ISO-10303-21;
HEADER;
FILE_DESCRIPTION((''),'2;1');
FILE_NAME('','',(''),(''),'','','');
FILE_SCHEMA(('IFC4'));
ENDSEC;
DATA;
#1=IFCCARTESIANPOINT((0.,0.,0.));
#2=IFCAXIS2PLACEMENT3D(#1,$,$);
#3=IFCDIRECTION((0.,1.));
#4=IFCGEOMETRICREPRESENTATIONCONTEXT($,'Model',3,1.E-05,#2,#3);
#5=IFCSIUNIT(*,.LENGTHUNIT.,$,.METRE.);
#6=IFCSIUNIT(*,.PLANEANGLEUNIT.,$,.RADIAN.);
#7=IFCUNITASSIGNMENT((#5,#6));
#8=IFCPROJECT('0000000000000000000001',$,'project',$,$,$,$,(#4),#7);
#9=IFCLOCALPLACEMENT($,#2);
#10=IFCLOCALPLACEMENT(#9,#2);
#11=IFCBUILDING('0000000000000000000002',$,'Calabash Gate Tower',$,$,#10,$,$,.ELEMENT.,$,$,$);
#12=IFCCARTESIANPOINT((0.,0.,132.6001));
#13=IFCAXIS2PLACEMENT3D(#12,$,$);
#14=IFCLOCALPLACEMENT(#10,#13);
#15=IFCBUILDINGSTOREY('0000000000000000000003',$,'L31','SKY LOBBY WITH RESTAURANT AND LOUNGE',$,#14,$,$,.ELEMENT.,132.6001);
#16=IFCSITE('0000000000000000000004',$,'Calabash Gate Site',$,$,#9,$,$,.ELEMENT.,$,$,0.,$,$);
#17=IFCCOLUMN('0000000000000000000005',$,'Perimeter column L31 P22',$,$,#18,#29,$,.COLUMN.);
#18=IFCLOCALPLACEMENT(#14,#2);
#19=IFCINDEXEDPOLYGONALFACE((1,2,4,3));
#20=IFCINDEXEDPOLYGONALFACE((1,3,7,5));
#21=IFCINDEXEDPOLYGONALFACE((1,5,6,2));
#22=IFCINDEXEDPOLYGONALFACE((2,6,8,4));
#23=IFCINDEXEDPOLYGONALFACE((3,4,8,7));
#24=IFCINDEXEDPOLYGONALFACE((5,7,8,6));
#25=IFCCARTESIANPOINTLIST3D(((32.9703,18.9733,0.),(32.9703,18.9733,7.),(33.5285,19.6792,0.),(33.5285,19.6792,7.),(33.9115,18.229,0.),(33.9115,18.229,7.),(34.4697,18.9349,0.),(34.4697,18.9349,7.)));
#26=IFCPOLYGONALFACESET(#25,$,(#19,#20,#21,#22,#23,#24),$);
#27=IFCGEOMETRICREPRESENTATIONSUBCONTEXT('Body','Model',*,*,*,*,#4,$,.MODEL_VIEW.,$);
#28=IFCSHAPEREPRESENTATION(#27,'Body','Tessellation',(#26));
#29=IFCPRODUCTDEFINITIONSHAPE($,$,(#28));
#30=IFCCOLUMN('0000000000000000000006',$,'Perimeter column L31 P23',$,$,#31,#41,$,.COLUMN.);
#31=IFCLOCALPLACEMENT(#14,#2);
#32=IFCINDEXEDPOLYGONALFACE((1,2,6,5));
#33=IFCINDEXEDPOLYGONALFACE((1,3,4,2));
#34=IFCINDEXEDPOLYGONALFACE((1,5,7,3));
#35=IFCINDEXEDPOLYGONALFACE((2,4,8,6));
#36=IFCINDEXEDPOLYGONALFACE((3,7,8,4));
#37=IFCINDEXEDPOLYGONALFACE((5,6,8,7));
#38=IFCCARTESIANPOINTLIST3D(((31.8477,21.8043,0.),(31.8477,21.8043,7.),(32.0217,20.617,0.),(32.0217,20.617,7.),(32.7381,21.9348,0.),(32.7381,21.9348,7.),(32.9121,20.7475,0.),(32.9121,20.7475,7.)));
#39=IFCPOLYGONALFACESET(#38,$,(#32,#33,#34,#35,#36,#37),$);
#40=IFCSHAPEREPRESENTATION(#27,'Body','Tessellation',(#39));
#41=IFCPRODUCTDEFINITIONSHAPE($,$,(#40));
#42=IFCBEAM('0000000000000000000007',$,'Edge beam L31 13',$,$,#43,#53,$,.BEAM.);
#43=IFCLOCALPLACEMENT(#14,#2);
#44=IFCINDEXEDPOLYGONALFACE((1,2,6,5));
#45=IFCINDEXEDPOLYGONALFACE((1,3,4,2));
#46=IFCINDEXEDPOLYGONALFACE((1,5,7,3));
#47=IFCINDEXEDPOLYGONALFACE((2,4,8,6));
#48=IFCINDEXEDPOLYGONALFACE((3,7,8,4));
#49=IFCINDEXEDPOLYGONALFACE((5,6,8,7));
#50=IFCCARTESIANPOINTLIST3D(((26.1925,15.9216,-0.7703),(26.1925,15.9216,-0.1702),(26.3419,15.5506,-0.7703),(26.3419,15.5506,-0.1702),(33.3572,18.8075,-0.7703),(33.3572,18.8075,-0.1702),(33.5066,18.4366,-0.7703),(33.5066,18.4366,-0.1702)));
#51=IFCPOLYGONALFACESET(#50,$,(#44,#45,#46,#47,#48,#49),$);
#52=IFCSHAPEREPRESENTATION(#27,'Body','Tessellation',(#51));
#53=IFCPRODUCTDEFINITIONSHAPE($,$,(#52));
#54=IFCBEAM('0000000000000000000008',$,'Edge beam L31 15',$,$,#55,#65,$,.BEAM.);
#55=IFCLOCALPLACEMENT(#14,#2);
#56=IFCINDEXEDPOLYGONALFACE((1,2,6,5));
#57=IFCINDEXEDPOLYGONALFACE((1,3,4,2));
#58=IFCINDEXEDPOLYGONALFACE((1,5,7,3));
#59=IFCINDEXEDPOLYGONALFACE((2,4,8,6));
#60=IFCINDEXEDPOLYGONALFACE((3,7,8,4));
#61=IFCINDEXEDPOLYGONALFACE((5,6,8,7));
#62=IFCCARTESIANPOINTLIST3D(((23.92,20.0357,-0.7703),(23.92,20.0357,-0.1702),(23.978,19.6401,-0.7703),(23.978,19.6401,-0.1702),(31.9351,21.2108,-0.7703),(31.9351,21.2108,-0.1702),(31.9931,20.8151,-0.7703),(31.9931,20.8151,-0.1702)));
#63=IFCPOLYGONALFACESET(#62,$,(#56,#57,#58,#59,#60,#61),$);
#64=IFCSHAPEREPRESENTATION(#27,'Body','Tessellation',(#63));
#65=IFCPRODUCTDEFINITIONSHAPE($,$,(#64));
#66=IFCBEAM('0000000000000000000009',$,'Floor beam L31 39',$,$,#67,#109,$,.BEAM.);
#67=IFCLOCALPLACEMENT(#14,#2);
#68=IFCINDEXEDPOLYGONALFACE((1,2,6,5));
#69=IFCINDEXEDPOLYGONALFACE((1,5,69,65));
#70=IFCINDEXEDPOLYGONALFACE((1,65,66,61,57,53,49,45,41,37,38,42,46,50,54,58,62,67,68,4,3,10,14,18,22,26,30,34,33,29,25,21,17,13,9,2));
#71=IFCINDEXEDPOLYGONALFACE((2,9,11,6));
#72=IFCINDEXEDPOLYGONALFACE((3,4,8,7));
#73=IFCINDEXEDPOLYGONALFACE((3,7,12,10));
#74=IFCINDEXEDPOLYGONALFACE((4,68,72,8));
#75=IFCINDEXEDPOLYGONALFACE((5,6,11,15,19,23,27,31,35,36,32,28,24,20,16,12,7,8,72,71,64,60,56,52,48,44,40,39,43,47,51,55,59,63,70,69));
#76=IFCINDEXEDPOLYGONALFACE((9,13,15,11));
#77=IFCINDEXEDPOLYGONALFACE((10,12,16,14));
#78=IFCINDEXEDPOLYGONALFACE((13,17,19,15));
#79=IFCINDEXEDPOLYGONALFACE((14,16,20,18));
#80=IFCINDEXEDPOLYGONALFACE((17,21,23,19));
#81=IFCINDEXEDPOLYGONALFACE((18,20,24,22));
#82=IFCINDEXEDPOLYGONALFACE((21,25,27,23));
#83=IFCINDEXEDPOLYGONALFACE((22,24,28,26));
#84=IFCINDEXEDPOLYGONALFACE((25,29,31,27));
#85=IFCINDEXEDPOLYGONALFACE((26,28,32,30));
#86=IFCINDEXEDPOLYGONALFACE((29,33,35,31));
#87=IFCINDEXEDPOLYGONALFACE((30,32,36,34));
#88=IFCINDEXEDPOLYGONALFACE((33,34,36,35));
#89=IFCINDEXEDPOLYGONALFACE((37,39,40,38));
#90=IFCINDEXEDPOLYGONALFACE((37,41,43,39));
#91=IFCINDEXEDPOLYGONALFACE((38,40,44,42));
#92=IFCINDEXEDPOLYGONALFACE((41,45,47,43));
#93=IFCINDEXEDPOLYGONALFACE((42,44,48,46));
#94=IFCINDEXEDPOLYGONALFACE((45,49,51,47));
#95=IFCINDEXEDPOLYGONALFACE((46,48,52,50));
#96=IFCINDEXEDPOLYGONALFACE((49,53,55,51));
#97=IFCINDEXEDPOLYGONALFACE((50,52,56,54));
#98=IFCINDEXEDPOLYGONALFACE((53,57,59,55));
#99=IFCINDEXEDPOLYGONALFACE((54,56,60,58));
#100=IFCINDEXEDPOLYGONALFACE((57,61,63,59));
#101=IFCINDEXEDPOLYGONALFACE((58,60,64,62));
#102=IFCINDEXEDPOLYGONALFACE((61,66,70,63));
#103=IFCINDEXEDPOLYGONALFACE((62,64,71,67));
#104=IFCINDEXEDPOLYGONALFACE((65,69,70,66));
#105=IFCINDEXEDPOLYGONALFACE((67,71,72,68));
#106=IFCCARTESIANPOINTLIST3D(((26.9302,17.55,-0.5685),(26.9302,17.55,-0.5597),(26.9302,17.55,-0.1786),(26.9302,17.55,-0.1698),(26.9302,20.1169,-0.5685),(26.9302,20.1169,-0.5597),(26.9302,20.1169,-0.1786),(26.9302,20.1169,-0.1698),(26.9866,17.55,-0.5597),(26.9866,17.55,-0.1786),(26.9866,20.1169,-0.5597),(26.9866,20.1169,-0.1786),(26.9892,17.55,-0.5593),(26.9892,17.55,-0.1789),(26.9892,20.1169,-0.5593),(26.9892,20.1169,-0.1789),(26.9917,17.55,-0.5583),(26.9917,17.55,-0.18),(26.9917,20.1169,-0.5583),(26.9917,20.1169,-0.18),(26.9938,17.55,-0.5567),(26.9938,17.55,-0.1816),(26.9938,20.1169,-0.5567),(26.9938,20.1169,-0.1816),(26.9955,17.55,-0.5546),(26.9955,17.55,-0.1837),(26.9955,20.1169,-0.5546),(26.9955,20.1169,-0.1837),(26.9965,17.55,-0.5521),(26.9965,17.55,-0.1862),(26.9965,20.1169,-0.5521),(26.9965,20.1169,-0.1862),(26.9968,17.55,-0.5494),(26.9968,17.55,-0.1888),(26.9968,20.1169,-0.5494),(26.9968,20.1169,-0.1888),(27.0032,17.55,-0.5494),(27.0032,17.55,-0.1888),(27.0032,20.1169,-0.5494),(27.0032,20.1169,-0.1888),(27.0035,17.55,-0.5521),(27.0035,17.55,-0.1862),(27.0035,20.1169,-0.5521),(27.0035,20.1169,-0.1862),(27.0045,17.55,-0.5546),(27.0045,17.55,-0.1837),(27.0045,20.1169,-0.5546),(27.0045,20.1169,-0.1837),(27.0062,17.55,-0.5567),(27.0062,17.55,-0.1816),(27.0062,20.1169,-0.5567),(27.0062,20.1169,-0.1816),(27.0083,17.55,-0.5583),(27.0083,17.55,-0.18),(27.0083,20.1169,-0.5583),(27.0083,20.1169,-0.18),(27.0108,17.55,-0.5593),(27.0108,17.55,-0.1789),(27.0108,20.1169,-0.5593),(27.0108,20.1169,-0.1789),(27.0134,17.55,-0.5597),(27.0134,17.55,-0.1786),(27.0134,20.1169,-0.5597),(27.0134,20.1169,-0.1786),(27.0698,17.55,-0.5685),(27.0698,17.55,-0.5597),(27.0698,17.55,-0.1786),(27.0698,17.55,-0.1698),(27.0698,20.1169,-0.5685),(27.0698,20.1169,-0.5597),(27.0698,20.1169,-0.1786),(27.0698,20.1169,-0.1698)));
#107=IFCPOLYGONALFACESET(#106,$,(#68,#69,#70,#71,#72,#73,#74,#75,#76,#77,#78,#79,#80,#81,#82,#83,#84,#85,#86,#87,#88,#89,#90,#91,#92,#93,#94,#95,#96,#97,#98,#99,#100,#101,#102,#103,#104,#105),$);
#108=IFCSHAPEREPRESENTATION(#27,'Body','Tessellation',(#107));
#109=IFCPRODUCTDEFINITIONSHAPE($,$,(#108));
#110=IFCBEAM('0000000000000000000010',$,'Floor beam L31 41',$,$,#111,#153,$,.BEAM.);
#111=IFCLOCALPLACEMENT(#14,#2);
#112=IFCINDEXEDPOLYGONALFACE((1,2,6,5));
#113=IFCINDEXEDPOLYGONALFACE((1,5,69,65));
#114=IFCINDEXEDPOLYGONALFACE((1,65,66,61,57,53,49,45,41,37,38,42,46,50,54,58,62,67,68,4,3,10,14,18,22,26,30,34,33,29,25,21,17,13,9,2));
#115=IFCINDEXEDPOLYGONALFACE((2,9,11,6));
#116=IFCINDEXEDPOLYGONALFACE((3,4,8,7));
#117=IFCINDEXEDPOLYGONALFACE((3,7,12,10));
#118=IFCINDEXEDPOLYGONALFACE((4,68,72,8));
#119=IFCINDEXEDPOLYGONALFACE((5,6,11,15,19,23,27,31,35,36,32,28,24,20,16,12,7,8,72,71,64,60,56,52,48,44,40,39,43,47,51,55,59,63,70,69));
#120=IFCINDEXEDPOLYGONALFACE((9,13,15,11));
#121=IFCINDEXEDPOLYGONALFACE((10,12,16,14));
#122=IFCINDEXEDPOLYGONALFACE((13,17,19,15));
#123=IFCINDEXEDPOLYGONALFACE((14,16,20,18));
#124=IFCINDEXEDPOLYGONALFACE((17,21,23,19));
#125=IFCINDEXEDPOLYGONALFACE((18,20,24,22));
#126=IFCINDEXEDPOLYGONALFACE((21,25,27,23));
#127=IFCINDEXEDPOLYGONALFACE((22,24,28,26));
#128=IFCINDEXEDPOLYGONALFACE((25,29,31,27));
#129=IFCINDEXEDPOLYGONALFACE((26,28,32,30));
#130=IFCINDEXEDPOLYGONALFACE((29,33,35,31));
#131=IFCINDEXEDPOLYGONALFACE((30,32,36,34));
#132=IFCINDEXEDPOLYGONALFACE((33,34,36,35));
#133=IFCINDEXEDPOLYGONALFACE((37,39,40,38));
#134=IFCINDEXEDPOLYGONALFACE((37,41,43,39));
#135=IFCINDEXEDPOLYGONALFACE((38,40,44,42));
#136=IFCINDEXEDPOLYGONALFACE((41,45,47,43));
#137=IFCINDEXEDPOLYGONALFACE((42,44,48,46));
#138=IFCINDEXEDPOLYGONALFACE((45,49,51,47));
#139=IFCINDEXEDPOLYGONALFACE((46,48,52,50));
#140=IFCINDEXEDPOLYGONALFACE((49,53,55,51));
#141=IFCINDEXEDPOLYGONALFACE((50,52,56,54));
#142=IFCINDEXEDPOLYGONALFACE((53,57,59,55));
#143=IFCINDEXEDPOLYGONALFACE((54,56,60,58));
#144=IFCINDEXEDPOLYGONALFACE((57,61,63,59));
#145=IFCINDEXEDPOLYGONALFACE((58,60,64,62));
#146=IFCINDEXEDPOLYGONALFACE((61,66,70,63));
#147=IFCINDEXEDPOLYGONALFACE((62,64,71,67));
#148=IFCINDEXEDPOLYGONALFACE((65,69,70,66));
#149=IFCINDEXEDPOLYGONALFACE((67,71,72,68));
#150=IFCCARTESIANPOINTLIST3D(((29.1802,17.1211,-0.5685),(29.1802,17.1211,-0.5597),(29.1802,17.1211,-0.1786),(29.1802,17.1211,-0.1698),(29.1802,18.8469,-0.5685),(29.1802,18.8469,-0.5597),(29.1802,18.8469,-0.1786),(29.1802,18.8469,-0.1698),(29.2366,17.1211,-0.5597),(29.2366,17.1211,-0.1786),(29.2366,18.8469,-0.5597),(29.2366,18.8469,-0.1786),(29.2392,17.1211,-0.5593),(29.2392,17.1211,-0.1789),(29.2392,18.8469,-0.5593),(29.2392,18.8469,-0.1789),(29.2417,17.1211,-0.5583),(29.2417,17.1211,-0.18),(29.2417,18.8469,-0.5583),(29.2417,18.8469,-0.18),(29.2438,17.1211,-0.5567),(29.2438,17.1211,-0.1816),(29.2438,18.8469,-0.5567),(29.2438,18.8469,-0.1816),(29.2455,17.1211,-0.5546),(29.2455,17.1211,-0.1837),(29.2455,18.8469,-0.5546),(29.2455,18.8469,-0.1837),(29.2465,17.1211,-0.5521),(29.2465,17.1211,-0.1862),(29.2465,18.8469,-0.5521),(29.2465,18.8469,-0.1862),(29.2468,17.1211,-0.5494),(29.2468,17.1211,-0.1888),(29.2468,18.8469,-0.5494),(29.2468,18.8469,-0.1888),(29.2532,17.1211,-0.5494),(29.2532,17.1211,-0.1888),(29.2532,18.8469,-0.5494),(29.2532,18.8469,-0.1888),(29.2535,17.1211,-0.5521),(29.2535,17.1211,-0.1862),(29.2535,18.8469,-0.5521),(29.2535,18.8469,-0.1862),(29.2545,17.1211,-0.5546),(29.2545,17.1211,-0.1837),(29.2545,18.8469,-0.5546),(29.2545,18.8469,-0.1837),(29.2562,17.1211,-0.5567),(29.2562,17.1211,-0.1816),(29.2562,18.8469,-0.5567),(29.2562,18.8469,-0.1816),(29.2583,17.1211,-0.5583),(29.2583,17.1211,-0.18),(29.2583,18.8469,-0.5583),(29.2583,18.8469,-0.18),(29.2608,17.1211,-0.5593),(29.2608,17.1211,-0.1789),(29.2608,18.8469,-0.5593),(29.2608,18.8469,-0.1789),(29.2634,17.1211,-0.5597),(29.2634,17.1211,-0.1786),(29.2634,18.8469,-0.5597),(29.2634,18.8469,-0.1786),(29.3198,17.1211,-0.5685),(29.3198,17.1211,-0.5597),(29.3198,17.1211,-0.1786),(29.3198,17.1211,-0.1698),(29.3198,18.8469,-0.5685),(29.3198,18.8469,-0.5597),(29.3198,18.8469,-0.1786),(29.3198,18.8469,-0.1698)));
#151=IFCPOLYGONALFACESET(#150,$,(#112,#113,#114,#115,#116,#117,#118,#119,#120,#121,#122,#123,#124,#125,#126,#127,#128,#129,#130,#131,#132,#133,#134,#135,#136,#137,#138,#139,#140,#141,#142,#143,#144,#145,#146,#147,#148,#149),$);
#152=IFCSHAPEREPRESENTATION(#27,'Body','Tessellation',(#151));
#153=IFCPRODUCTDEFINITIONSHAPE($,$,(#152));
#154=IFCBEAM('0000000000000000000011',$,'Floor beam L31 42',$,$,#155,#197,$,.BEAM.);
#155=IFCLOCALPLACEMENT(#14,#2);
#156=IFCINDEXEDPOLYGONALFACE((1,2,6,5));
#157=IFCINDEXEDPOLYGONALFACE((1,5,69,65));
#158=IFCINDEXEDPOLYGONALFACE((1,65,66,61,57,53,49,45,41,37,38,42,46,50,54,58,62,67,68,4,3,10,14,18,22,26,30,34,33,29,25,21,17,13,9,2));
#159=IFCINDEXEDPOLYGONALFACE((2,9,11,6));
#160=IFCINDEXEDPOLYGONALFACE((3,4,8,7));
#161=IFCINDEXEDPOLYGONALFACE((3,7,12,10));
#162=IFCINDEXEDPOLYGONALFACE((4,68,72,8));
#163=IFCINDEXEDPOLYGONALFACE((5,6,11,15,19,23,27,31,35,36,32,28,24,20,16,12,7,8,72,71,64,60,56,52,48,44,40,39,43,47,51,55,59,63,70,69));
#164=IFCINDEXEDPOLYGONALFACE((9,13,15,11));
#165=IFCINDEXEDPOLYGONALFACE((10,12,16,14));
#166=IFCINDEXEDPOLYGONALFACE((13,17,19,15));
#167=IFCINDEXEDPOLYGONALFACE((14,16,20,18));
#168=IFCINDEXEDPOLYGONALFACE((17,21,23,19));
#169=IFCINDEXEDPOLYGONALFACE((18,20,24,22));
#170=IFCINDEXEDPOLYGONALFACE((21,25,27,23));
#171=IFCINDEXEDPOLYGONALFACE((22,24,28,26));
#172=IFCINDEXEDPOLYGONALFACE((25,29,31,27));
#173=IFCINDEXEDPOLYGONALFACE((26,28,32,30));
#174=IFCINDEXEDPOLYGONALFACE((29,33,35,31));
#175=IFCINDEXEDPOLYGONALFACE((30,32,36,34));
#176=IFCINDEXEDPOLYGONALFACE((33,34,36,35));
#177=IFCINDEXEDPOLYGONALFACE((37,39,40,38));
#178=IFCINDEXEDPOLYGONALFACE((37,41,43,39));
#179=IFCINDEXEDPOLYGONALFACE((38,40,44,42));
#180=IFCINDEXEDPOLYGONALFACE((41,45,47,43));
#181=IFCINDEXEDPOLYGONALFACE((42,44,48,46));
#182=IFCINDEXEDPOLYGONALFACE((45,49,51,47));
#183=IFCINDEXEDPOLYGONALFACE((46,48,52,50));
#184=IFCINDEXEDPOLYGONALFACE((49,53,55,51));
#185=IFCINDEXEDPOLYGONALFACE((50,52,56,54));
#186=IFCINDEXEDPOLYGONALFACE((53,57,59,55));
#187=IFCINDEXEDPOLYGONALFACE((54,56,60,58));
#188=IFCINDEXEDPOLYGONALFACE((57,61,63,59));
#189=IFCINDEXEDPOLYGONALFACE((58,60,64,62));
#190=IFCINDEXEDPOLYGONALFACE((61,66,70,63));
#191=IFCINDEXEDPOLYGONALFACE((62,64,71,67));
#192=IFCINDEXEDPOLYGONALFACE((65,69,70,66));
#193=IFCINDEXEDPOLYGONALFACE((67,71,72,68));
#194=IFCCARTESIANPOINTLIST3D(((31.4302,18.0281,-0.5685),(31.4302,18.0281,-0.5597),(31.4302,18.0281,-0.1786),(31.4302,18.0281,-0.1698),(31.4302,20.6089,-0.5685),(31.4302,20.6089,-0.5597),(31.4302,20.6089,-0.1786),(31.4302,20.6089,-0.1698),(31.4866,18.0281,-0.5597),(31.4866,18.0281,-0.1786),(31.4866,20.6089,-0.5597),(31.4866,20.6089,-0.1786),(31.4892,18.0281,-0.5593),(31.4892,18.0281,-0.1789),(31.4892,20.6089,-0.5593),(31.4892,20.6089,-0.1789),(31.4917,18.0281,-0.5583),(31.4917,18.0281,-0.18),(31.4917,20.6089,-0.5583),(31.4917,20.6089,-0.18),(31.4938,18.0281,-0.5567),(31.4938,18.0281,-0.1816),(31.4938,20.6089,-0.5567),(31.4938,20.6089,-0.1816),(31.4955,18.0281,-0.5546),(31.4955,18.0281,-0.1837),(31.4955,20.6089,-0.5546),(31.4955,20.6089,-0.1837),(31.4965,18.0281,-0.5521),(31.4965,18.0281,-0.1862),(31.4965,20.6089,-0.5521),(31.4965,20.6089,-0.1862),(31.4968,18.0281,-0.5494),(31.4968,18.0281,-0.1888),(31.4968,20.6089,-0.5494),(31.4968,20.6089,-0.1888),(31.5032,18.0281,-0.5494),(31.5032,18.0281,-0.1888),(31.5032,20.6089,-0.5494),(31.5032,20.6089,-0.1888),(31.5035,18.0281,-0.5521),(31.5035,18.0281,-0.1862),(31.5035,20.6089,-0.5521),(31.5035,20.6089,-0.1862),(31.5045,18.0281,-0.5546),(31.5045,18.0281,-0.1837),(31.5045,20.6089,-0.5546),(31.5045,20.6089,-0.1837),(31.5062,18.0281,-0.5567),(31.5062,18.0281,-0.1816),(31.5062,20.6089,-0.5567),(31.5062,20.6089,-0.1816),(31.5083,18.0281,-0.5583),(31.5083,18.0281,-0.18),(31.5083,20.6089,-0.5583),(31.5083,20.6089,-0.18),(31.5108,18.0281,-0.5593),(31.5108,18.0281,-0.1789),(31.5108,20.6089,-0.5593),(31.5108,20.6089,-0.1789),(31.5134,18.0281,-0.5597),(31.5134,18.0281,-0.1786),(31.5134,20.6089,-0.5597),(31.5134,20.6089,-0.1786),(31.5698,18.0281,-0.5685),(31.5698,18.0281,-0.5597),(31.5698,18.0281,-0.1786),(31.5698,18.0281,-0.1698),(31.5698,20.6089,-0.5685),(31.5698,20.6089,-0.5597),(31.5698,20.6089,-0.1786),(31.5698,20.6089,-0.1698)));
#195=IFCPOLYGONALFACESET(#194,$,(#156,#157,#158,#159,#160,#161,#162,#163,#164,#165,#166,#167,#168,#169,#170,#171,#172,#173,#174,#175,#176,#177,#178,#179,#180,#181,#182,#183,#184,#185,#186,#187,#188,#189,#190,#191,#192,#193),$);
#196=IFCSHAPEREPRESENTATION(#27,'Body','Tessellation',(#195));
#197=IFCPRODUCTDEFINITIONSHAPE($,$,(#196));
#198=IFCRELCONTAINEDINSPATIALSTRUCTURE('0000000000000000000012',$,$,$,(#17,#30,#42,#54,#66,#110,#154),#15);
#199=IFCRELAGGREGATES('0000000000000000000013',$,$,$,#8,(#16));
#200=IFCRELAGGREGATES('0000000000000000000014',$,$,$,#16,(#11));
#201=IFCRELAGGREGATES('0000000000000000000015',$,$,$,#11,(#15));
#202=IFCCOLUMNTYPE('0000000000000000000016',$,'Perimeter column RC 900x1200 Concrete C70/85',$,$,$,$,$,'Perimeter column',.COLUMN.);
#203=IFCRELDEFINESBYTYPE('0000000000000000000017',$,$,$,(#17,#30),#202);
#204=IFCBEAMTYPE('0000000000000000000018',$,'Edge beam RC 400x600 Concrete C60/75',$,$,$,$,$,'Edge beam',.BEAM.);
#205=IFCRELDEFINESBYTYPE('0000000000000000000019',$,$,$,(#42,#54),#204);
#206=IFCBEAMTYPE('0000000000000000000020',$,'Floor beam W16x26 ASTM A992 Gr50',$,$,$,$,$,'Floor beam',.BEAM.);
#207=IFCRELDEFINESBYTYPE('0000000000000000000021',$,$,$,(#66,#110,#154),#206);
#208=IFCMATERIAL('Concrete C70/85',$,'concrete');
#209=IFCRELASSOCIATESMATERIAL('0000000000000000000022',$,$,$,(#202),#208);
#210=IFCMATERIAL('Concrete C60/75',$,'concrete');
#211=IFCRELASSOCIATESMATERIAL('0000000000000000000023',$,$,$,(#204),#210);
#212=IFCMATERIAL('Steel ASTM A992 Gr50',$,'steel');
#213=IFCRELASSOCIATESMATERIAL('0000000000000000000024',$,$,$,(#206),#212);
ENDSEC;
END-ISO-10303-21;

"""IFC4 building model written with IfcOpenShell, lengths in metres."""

from ifc_helpers import new_model, si_unit, direction, frame, origin, origin_2d, place, context, subcontext, project, spatial, rectangle, i_section, extrude, material, material_profile, profile_set, type_object, element, save


model = new_model("IFC4")

# Units and contexts
model_context = context("Model", 3, precision=1e-05, world=origin(), true_north=direction((0.0, 1.0)))
body_context = subcontext(model_context, "Body", "Model", "MODEL_VIEW")
ifc_project = project(units=[si_unit("LENGTHUNIT", "METRE"), si_unit("PLANEANGLEUNIT", "RADIAN")], contexts=[model_context])

# Site, building, storey
site_placement = place(None, origin())
site = spatial("IfcSite", under=ifc_project, at=site_placement, Name="Calabash Gate Site", CompositionType="ELEMENT", RefElevation=0.0)
building_placement = place(site_placement, origin())
building = spatial("IfcBuilding", under=site, at=building_placement, Name="Calabash Gate Tower", CompositionType="ELEMENT")
storey_placement = place(building_placement, frame((0.0, 0.0, 132.6001)))
storey = spatial("IfcBuildingStorey", under=building, at=storey_placement, Name="L31", Description="SKY LOBBY WITH RESTAURANT AND LOUNGE", CompositionType="ELEMENT", Elevation=132.6001)

# Columns
ifc_material_1 = material(Name="Concrete C70/85", Category="concrete")
ifc_material_profile_1 = material_profile(ifc_material_1, rectangle(XDim=0.8999, YDim=1.2, at=origin_2d()))
ifc_profile_set_1 = profile_set([ifc_material_profile_1], Name="Concrete C70/85")
column_type = type_object("IfcColumnType", Name="Perimeter column RC 900x1200 Concrete C70/85", ElementType="Perimeter column", PredefinedType="COLUMN", material=ifc_profile_set_1)
for number, where, z_axis, x_axis, name in (
    (1, (33.72, 18.9541, 0.0), (0.0, 0.0, 1.0), (0.620301, 0.784364, 0.0), "Perimeter column L31 P22"),
    (2, (32.3799, 21.2759, 0.0), (0.0, 0.0, 1.0), (-0.98943, -0.145015, 0.0), "Perimeter column L31 P23"),
):
    element("IfcColumn", number, at=place(storey_placement, frame(where, z_axis=z_axis, x_axis=x_axis)), inside=storey, type_object=column_type, Name=name, PredefinedType="COLUMN", context=body_context, shape_type="SweptSolid", body=[
        extrude(rectangle(XDim=0.8999, YDim=1.2, at=origin_2d()), origin(), (0.0, 0.0, 1.0), 7.0),
    ])

# Beams
ifc_material_2 = material(Name="Concrete C60/75", Category="concrete")
ifc_material_profile_2 = material_profile(ifc_material_2, rectangle(XDim=0.3999, YDim=0.6001, at=origin_2d()))
ifc_profile_set_2 = profile_set([ifc_material_profile_2], Name="Concrete C60/75")
beam_type_1 = type_object("IfcBeamType", Name="Edge beam RC 400x600 Concrete C60/75", ElementType="Edge beam", PredefinedType="BEAM", material=ifc_profile_set_2)
beam_1_placement = place(storey_placement, frame((33.4319, 18.6221, -0.4702), z_axis=(-0.927578, -0.373629, 0.0), x_axis=(0.373629, -0.927578, 0.0)))
element("IfcBeam", 3, at=beam_1_placement, inside=storey, type_object=beam_type_1, Name="Edge beam L31 13", PredefinedType="BEAM", context=body_context, shape_type="SweptSolid", body=[
    extrude(rectangle(XDim=0.3999, YDim=0.6001, at=origin_2d()), origin(), (0.0, 0.0, 1.0), 7.7241),
])
beam_2_placement = place(storey_placement, frame((31.9641, 21.0129, -0.4702), z_axis=(-0.989424, -0.145053, 0.0), x_axis=(0.145053, -0.989424, 0.0)))
element("IfcBeam", 4, at=beam_2_placement, inside=storey, type_object=beam_type_1, Name="Edge beam L31 15", PredefinedType="BEAM", context=body_context, shape_type="SweptSolid", body=[
    extrude(rectangle(XDim=0.3999, YDim=0.6001, at=origin_2d()), origin(), (0.0, 0.0, 1.0), 8.1008),
])
ifc_material_3 = material(Name="Steel ASTM A992 Gr50", Category="steel")
ifc_material_profile_3 = material_profile(ifc_material_3, i_section(OverallWidth=0.1396, OverallDepth=0.3987, WebThickness=0.0063, FlangeThickness=0.0088, FilletRadius=0.0103, at=origin_2d()))
ifc_profile_set_3 = profile_set([ifc_material_profile_3], Name="Steel ASTM A992 Gr50")
beam_type_2 = type_object("IfcBeamType", Name="Floor beam W16x26 ASTM A992 Gr50", ElementType="Floor beam", PredefinedType="BEAM", material=ifc_profile_set_3)
beam_3_placement = place(storey_placement, frame((27.0, 17.55, -0.3691), z_axis=(0.0, 1.0, 0.0), x_axis=(-1.0, 0.0, 0.0)))
element("IfcBeam", 5, at=beam_3_placement, inside=storey, type_object=beam_type_2, Name="Floor beam L31 39", PredefinedType="BEAM", context=body_context, shape_type="SweptSolid", body=[
    extrude(i_section(OverallWidth=0.1396, OverallDepth=0.3987, WebThickness=0.0063, FlangeThickness=0.0088, FilletRadius=0.0103, at=origin_2d()), origin(), (0.0, 0.0, 1.0), 2.5669),
])
beam_4_placement = place(storey_placement, frame((29.25, 17.1211, -0.3691), z_axis=(0.0, 1.0, 0.0), x_axis=(-1.0, 0.0, 0.0)))
element("IfcBeam", 6, at=beam_4_placement, inside=storey, type_object=beam_type_2, Name="Floor beam L31 41", PredefinedType="BEAM", context=body_context, shape_type="SweptSolid", body=[
    extrude(i_section(OverallWidth=0.1396, OverallDepth=0.3987, WebThickness=0.0063, FlangeThickness=0.0088, FilletRadius=0.0103, at=origin_2d()), origin(), (0.0, 0.0, 1.0), 1.7258),
])
beam_5_placement = place(storey_placement, frame((31.5, 18.0281, -0.3691), z_axis=(0.0, 1.0, 0.0), x_axis=(-1.0, 0.0, 0.0)))
element("IfcBeam", 7, at=beam_5_placement, inside=storey, type_object=beam_type_2, Name="Floor beam L31 42", PredefinedType="BEAM", context=body_context, shape_type="SweptSolid", body=[
    extrude(i_section(OverallWidth=0.1396, OverallDepth=0.3987, WebThickness=0.0063, FlangeThickness=0.0088, FilletRadius=0.0103, at=origin_2d()), origin(), (0.0, 0.0, 1.0), 2.5808),
])

save(model, "model.ifc")
